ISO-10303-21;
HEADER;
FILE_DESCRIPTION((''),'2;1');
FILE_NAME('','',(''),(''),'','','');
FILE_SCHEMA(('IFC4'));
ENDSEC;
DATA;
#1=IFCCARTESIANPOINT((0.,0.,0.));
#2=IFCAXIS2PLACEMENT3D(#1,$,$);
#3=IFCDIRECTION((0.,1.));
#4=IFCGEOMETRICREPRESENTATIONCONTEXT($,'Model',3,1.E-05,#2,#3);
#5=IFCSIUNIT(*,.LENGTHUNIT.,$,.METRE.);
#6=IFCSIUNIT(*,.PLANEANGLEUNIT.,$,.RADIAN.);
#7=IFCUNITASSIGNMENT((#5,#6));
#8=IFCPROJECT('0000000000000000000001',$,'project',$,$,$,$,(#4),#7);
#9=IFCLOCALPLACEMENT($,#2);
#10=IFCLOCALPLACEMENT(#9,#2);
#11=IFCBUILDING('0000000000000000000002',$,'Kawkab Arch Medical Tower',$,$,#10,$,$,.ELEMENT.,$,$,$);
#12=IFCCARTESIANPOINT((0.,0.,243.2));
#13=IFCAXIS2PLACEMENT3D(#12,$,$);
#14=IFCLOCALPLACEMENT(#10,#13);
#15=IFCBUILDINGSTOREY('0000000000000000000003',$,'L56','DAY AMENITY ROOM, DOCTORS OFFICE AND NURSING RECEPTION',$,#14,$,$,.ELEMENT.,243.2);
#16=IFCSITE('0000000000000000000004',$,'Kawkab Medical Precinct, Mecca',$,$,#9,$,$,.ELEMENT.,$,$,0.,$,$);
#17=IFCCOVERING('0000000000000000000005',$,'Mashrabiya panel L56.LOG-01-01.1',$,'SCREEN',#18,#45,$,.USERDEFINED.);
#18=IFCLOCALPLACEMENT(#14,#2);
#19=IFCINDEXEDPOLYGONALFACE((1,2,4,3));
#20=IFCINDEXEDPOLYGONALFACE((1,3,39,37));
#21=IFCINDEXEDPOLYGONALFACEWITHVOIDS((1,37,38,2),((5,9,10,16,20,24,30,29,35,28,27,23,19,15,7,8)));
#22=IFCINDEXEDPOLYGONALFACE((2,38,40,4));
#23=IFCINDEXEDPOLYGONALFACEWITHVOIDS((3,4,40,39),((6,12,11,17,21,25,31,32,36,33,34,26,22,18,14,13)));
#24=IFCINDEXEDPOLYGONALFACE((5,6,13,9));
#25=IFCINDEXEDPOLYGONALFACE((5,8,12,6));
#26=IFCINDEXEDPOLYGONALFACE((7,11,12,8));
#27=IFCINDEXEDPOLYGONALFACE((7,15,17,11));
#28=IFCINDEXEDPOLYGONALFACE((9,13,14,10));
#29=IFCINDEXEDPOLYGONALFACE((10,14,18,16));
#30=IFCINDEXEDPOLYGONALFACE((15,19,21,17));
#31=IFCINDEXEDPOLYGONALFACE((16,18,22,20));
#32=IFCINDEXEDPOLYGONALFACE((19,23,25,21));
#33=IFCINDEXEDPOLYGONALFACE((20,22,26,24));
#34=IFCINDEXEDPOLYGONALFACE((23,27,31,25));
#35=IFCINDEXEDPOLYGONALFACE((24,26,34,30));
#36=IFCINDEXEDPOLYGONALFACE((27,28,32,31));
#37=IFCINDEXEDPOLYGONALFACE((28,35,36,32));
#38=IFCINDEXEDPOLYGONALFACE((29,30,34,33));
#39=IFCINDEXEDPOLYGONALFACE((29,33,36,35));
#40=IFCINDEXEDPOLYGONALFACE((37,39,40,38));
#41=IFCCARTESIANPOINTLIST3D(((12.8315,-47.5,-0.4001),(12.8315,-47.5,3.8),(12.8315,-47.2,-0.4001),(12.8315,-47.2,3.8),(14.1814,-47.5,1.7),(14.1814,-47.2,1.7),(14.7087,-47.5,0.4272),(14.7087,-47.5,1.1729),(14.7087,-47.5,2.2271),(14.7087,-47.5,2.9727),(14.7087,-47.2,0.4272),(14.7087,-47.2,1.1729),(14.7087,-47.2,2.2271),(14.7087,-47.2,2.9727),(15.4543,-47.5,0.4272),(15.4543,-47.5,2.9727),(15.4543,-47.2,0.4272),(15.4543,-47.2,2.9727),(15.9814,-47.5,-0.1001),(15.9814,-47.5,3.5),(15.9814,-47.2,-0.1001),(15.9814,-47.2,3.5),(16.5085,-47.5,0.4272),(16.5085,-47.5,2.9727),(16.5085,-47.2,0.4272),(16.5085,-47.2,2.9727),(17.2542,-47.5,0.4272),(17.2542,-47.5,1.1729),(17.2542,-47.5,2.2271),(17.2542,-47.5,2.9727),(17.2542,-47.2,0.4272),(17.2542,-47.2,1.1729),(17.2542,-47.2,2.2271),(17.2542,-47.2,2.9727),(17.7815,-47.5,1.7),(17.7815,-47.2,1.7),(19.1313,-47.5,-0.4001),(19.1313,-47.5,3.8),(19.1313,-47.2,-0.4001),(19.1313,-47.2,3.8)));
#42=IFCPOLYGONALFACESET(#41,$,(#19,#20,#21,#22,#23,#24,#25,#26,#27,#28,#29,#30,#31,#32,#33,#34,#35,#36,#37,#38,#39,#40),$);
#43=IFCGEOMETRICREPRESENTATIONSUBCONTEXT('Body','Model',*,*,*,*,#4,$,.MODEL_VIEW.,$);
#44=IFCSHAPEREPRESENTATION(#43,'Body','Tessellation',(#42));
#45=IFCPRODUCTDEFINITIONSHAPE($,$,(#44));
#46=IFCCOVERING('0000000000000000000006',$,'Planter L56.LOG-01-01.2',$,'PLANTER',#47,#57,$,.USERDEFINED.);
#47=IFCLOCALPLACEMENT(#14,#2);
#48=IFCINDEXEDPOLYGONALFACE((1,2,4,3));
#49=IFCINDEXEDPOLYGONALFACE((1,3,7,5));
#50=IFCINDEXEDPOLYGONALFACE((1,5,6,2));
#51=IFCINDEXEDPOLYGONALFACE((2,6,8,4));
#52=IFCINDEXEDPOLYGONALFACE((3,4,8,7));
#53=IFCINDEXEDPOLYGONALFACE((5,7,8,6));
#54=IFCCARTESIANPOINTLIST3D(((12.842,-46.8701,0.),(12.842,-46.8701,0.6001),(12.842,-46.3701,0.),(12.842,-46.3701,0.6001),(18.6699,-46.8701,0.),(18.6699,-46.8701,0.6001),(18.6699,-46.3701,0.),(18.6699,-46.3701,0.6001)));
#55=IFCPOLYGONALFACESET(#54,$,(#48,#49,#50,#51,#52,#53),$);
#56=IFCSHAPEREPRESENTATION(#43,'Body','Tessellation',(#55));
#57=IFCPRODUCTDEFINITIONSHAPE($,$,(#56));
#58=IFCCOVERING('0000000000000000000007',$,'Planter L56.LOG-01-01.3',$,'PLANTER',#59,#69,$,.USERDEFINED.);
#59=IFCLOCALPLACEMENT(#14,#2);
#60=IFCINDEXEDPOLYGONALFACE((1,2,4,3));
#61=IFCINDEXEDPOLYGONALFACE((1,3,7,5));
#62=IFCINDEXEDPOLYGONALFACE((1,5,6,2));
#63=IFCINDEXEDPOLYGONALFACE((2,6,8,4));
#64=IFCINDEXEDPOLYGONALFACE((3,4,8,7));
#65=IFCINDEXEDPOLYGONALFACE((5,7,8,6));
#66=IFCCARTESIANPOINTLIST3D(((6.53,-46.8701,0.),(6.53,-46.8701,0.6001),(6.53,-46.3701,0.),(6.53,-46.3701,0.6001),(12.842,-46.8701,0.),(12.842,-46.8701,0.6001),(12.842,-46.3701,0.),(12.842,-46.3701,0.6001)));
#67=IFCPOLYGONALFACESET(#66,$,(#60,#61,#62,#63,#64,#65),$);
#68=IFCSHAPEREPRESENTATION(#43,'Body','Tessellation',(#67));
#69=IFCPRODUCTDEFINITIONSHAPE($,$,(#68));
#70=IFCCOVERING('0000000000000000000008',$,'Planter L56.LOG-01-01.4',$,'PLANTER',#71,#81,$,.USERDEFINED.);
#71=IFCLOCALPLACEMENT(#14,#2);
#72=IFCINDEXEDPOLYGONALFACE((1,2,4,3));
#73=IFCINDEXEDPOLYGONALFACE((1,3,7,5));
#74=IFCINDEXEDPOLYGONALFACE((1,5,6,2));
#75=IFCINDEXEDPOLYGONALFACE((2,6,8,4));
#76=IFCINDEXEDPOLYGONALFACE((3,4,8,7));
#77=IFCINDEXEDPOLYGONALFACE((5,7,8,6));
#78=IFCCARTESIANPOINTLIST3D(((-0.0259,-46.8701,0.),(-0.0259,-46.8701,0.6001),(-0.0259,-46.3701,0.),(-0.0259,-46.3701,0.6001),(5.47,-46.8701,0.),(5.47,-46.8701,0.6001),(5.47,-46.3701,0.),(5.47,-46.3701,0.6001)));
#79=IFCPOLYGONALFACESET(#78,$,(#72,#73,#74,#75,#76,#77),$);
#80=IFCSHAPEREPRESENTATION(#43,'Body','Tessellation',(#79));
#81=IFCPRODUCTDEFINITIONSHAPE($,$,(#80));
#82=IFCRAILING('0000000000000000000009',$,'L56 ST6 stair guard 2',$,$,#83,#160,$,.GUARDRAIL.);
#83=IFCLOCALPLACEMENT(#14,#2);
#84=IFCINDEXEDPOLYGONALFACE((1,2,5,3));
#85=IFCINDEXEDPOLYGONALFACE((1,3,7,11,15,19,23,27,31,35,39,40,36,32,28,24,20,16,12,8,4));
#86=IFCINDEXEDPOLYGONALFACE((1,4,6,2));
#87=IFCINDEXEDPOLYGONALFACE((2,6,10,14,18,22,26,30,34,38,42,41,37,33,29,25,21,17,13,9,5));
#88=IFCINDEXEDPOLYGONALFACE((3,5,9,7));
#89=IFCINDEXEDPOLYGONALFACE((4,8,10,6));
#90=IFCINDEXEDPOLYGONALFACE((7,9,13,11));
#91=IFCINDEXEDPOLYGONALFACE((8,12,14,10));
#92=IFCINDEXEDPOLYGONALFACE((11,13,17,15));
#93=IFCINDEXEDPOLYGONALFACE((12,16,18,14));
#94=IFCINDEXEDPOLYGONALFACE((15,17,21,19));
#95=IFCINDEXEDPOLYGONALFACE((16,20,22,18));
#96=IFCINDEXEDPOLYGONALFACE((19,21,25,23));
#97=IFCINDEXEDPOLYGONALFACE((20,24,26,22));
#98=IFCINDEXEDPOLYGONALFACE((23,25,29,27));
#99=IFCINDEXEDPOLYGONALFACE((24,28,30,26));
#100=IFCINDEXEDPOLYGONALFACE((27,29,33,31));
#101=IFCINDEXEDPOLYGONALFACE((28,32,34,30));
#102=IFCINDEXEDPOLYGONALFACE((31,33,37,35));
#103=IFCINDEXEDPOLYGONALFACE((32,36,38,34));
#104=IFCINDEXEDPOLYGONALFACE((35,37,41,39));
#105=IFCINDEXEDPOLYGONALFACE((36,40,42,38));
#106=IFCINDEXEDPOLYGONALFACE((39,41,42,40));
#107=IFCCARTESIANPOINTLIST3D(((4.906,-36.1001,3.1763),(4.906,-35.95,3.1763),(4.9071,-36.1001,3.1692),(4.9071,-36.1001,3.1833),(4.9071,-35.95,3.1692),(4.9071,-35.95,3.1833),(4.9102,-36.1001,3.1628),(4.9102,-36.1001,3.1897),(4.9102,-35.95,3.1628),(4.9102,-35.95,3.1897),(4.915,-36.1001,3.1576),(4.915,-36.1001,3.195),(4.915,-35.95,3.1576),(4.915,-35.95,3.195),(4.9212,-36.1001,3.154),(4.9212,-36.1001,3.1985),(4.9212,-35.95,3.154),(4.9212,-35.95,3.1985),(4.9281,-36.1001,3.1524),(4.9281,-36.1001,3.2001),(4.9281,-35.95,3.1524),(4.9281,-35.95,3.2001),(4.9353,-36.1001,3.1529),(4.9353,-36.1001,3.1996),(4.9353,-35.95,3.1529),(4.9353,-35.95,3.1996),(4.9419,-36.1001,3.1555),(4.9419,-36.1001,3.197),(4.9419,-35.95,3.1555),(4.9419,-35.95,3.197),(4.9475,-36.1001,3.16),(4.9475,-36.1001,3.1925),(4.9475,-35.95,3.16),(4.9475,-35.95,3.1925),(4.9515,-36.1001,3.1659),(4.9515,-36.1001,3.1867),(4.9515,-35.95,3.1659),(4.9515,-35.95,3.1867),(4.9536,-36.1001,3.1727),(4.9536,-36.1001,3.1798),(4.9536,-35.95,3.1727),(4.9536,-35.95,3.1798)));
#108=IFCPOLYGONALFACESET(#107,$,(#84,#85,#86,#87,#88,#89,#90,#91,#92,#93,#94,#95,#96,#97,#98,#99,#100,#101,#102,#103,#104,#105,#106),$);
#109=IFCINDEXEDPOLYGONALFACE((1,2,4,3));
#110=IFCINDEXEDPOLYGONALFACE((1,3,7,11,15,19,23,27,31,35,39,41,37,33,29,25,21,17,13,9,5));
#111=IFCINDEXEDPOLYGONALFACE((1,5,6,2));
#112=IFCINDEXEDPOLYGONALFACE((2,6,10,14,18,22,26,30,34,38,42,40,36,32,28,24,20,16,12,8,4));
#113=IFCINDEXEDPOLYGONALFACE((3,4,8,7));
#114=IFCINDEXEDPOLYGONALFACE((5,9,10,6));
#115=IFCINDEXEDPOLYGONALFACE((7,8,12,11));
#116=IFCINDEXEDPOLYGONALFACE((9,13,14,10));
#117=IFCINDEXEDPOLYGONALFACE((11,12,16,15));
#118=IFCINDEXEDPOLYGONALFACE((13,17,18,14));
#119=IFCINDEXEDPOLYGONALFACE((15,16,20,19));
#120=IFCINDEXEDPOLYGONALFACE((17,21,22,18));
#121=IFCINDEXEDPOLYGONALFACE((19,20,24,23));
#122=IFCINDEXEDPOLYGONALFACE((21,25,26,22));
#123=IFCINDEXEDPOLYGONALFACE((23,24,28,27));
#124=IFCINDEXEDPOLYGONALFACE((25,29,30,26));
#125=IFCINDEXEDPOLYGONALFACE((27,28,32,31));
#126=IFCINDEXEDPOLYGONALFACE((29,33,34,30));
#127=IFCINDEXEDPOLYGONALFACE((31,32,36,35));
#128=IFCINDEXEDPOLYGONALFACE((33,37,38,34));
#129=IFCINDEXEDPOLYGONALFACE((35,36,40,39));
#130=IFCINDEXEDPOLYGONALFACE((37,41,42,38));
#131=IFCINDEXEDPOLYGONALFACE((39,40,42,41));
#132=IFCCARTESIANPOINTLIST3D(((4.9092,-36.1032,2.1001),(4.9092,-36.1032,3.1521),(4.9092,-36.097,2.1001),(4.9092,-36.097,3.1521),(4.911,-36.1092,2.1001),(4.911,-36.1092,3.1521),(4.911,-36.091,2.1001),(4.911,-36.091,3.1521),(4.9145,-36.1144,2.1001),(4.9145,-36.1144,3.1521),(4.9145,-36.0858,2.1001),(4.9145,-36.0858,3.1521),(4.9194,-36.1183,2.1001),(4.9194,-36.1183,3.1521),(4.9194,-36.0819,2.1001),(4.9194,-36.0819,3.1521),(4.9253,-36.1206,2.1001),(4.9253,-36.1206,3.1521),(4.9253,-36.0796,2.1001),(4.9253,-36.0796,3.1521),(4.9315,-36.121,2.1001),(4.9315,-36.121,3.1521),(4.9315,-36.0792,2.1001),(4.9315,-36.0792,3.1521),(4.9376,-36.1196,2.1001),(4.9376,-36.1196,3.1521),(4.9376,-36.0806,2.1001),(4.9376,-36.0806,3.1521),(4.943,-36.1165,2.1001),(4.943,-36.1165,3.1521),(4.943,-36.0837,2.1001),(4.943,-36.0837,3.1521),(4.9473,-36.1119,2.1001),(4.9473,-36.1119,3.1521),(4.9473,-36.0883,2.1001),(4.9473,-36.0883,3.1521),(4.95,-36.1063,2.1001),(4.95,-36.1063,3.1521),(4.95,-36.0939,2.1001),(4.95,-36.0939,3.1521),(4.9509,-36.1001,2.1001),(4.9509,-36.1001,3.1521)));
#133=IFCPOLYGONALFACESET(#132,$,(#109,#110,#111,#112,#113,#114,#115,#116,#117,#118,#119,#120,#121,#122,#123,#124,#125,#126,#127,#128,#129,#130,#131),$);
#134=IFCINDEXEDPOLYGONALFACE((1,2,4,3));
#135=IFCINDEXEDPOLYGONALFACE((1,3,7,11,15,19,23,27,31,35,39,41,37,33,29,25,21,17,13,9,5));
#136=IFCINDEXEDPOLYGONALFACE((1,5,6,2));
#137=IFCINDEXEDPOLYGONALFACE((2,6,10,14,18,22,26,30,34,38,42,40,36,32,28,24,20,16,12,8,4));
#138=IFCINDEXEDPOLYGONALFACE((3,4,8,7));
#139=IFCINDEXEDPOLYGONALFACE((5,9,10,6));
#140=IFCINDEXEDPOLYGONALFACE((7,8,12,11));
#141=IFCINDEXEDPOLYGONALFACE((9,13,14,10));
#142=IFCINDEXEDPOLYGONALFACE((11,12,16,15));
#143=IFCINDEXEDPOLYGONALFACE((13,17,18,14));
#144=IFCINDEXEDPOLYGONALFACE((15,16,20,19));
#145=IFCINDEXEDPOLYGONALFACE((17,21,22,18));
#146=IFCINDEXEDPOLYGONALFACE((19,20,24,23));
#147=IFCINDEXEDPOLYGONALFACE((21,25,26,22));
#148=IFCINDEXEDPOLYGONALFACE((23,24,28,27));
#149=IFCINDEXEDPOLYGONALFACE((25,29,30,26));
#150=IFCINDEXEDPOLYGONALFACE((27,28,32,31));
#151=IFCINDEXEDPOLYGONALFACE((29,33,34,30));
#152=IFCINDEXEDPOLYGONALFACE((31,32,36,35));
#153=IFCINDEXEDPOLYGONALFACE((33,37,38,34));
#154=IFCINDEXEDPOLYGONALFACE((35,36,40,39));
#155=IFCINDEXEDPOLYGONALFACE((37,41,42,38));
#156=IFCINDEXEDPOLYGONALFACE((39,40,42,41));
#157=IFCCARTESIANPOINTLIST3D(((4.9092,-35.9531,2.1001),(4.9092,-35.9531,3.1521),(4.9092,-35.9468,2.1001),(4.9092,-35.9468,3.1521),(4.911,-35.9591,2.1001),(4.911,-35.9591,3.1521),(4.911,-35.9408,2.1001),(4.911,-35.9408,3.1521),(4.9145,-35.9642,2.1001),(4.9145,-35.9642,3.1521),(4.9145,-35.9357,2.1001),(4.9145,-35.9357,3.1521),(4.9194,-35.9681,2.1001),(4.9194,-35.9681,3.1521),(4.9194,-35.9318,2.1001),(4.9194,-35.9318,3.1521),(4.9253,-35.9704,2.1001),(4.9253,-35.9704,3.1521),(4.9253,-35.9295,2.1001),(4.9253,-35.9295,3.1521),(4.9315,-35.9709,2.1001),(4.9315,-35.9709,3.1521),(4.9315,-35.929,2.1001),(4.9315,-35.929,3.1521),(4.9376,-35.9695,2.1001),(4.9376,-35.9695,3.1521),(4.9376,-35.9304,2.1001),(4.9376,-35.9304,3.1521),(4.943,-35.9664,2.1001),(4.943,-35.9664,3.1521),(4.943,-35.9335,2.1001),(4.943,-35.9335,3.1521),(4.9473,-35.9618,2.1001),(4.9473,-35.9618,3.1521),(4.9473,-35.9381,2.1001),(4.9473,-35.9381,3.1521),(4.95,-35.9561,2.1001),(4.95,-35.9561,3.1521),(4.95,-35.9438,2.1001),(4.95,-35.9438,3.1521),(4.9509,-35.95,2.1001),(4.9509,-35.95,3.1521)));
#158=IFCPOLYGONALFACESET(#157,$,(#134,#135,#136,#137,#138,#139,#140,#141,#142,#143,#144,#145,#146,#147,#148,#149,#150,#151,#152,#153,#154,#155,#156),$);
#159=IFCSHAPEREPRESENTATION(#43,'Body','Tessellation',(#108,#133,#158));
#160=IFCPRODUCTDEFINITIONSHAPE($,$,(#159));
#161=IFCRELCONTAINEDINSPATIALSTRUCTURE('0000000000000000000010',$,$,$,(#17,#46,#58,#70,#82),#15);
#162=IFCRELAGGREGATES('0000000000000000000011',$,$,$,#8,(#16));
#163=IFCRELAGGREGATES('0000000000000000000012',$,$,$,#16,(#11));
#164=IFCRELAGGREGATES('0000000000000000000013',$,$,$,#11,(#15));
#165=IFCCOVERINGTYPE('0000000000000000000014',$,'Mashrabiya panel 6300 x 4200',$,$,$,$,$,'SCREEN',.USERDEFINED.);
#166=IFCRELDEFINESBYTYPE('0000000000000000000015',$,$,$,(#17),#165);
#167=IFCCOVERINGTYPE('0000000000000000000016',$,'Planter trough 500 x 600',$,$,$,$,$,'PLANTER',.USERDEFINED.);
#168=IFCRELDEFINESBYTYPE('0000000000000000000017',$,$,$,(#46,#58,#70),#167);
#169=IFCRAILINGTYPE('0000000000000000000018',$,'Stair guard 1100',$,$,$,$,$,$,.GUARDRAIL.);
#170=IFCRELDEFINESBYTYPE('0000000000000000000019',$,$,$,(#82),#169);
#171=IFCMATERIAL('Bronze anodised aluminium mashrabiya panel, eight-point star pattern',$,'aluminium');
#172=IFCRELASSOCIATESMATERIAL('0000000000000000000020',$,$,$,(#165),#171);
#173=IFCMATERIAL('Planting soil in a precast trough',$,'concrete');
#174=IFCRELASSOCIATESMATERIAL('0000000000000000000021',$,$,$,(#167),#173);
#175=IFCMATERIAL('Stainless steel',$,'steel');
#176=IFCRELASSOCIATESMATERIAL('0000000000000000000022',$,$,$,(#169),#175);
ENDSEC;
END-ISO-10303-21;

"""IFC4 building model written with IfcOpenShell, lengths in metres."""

from ifc_helpers import new_model, si_unit, direction, frame, origin, origin_2d, place, context, subcontext, project, spatial, polyline, rectangle, circle, outline, extrude, material, material_profile, profile_set, type_object, element, save


model = new_model("IFC4")

# Units and contexts
model_context = context("Model", 3, precision=1e-05, world=origin(), true_north=direction((0.0, 1.0)))
body_context = subcontext(model_context, "Body", "Model", "MODEL_VIEW")
ifc_project = project(units=[si_unit("LENGTHUNIT", "METRE"), si_unit("PLANEANGLEUNIT", "RADIAN")], contexts=[model_context])

# Site, building, storey
site_placement = place(None, origin())
site = spatial("IfcSite", under=ifc_project, at=site_placement, Name="Kawkab Medical Precinct, Mecca", CompositionType="ELEMENT", RefElevation=0.0)
building_placement = place(site_placement, origin())
building = spatial("IfcBuilding", under=site, at=building_placement, Name="Kawkab Arch Medical Tower", CompositionType="ELEMENT")
storey_placement = place(building_placement, frame((0.0, 0.0, 243.2)))
storey = spatial("IfcBuildingStorey", under=building, at=storey_placement, Name="L56", Description="DAY AMENITY ROOM, DOCTORS OFFICE AND NURSING RECEPTION", CompositionType="ELEMENT", Elevation=243.2)

# Coverings
ifc_material_1 = material(Name="Bronze anodised aluminium mashrabiya panel, eight-point star pattern", Category="aluminium")
ifc_material_profile_1 = material_profile(ifc_material_1, outline(polyline([(-3.1499, -2.1001), (3.1499, -2.1001), (3.1499, 2.1001), (-3.1499, 2.1001), (-3.1499, -2.1001)]), holes=[polyline([(1.8, 0.0), (1.2727, 0.5271), (1.2727, 1.2727), (0.5271, 1.2727), (0.0, 1.8), (-0.5271, 1.2727), (-1.2727, 1.2727), (-1.2727, 0.5271), (-1.8, 0.0), (-1.2727, -0.5271), (-1.2727, -1.2727), (-0.5271, -1.2727), (0.0, -1.8), (0.5271, -1.2727), (1.2727, -1.2727), (1.2727, -0.5271), (1.8, 0.0)])]), Name="Mashrabiya panel 6300x4200")
ifc_profile_set_1 = profile_set([ifc_material_profile_1], Name="Bronze anodised aluminium mashrabiya panel, eight-point star pattern")
covering_type_1 = type_object("IfcCoveringType", Name="Mashrabiya panel 6300 x 4200", ElementType="SCREEN", PredefinedType="USERDEFINED", material=ifc_profile_set_1)
covering_1_placement = place(storey_placement, frame((15.9814, -47.2, 1.7), z_axis=(0.0, -1.0, 0.0), x_axis=(1.0, 0.0, 0.0)))
element("IfcCovering", 1, at=covering_1_placement, inside=storey, type_object=covering_type_1, Name="Mashrabiya panel L56.LOG-01-01.1", ObjectType="SCREEN", PredefinedType="USERDEFINED", context=body_context, shape_type="SweptSolid", body=[
    extrude(outline(polyline([(-3.1499, -2.1001), (3.1499, -2.1001), (3.1499, 2.1001), (-3.1499, 2.1001), (-3.1499, -2.1001)]), holes=[polyline([(1.8, 0.0), (1.2727, 0.5271), (1.2727, 1.2727), (0.5271, 1.2727), (0.0, 1.8), (-0.5271, 1.2727), (-1.2727, 1.2727), (-1.2727, 0.5271), (-1.8, 0.0), (-1.2727, -0.5271), (-1.2727, -1.2727), (-0.5271, -1.2727), (0.0, -1.8), (0.5271, -1.2727), (1.2727, -1.2727), (1.2727, -0.5271), (1.8, 0.0)])]), origin(), (0.0, 0.0, 1.0), 0.3),
])
ifc_material_2 = material(Name="Planting soil in a precast trough", Category="concrete")
ifc_material_profile_2 = material_profile(ifc_material_2, rectangle(XDim=0.5, YDim=0.6001, at=origin_2d()), Name="Trough 500x600")
ifc_profile_set_2 = profile_set([ifc_material_profile_2], Name="Planting soil in a precast trough")
covering_type_2 = type_object("IfcCoveringType", Name="Planter trough 500 x 600", ElementType="PLANTER", PredefinedType="USERDEFINED", material=ifc_profile_set_2)
covering_2_placement = place(storey_placement, frame((18.6699, -46.6201, 0.3), z_axis=(-1.0, 0.0, 0.0), x_axis=(0.0, -1.0, 0.0)))
element("IfcCovering", 2, at=covering_2_placement, inside=storey, type_object=covering_type_2, Name="Planter L56.LOG-01-01.2", ObjectType="PLANTER", PredefinedType="USERDEFINED", context=body_context, shape_type="SweptSolid", body=[
    extrude(rectangle(XDim=0.5, YDim=0.6001, at=origin_2d()), origin(), (0.0, 0.0, 1.0), 5.8279),
])
covering_3_placement = place(storey_placement, frame((12.842, -46.6201, 0.3), z_axis=(-1.0, 0.0, 0.0), x_axis=(0.0, -1.0, 0.0)))
element("IfcCovering", 3, at=covering_3_placement, inside=storey, type_object=covering_type_2, Name="Planter L56.LOG-01-01.3", ObjectType="PLANTER", PredefinedType="USERDEFINED", context=body_context, shape_type="SweptSolid", body=[
    extrude(rectangle(XDim=0.5, YDim=0.6001, at=origin_2d()), origin(), (0.0, 0.0, 1.0), 6.312),
])
covering_4_placement = place(storey_placement, frame((5.47, -46.6201, 0.3), z_axis=(-1.0, 0.0, 0.0), x_axis=(0.0, -1.0, 0.0)))
element("IfcCovering", 4, at=covering_4_placement, inside=storey, type_object=covering_type_2, Name="Planter L56.LOG-01-01.4", ObjectType="PLANTER", PredefinedType="USERDEFINED", context=body_context, shape_type="SweptSolid", body=[
    extrude(rectangle(XDim=0.5, YDim=0.6001, at=origin_2d()), origin(), (0.0, 0.0, 1.0), 5.4958),
])

# Railing
ifc_material_3 = material(Name="Stainless steel", Category="steel")
railing_type_1 = type_object("IfcRailingType", Name="Stair guard 1100", PredefinedType="GUARDRAIL", material=ifc_material_3)
railing_1_placement = place(storey_placement, frame((4.9299, -36.1001, 2.1001)))
element("IfcRailing", 5, at=railing_1_placement, inside=storey, type_object=railing_type_1, Name="L56 ST6 stair guard 2", PredefinedType="GUARDRAIL", context=body_context, shape_type="SweptSolid", body=[
    extrude(circle(Radius=0.0239, at=origin_2d()), frame((0.0, 0.0, 1.0762), z_axis=(0.0, 1.0, 0.0), x_axis=(-1.0, 0.0, 0.0)), (0.0, 0.0, 1.0), 0.1501),
    extrude(circle(Radius=0.021, at=origin_2d()), origin(), (0.0, 0.0, 1.0), 1.052),
    extrude(circle(Radius=0.021, at=origin_2d()), frame((0.0, 0.1501, 0.0)), (0.0, 0.0, 1.0), 1.052),
])

save(model, "model.ifc")
